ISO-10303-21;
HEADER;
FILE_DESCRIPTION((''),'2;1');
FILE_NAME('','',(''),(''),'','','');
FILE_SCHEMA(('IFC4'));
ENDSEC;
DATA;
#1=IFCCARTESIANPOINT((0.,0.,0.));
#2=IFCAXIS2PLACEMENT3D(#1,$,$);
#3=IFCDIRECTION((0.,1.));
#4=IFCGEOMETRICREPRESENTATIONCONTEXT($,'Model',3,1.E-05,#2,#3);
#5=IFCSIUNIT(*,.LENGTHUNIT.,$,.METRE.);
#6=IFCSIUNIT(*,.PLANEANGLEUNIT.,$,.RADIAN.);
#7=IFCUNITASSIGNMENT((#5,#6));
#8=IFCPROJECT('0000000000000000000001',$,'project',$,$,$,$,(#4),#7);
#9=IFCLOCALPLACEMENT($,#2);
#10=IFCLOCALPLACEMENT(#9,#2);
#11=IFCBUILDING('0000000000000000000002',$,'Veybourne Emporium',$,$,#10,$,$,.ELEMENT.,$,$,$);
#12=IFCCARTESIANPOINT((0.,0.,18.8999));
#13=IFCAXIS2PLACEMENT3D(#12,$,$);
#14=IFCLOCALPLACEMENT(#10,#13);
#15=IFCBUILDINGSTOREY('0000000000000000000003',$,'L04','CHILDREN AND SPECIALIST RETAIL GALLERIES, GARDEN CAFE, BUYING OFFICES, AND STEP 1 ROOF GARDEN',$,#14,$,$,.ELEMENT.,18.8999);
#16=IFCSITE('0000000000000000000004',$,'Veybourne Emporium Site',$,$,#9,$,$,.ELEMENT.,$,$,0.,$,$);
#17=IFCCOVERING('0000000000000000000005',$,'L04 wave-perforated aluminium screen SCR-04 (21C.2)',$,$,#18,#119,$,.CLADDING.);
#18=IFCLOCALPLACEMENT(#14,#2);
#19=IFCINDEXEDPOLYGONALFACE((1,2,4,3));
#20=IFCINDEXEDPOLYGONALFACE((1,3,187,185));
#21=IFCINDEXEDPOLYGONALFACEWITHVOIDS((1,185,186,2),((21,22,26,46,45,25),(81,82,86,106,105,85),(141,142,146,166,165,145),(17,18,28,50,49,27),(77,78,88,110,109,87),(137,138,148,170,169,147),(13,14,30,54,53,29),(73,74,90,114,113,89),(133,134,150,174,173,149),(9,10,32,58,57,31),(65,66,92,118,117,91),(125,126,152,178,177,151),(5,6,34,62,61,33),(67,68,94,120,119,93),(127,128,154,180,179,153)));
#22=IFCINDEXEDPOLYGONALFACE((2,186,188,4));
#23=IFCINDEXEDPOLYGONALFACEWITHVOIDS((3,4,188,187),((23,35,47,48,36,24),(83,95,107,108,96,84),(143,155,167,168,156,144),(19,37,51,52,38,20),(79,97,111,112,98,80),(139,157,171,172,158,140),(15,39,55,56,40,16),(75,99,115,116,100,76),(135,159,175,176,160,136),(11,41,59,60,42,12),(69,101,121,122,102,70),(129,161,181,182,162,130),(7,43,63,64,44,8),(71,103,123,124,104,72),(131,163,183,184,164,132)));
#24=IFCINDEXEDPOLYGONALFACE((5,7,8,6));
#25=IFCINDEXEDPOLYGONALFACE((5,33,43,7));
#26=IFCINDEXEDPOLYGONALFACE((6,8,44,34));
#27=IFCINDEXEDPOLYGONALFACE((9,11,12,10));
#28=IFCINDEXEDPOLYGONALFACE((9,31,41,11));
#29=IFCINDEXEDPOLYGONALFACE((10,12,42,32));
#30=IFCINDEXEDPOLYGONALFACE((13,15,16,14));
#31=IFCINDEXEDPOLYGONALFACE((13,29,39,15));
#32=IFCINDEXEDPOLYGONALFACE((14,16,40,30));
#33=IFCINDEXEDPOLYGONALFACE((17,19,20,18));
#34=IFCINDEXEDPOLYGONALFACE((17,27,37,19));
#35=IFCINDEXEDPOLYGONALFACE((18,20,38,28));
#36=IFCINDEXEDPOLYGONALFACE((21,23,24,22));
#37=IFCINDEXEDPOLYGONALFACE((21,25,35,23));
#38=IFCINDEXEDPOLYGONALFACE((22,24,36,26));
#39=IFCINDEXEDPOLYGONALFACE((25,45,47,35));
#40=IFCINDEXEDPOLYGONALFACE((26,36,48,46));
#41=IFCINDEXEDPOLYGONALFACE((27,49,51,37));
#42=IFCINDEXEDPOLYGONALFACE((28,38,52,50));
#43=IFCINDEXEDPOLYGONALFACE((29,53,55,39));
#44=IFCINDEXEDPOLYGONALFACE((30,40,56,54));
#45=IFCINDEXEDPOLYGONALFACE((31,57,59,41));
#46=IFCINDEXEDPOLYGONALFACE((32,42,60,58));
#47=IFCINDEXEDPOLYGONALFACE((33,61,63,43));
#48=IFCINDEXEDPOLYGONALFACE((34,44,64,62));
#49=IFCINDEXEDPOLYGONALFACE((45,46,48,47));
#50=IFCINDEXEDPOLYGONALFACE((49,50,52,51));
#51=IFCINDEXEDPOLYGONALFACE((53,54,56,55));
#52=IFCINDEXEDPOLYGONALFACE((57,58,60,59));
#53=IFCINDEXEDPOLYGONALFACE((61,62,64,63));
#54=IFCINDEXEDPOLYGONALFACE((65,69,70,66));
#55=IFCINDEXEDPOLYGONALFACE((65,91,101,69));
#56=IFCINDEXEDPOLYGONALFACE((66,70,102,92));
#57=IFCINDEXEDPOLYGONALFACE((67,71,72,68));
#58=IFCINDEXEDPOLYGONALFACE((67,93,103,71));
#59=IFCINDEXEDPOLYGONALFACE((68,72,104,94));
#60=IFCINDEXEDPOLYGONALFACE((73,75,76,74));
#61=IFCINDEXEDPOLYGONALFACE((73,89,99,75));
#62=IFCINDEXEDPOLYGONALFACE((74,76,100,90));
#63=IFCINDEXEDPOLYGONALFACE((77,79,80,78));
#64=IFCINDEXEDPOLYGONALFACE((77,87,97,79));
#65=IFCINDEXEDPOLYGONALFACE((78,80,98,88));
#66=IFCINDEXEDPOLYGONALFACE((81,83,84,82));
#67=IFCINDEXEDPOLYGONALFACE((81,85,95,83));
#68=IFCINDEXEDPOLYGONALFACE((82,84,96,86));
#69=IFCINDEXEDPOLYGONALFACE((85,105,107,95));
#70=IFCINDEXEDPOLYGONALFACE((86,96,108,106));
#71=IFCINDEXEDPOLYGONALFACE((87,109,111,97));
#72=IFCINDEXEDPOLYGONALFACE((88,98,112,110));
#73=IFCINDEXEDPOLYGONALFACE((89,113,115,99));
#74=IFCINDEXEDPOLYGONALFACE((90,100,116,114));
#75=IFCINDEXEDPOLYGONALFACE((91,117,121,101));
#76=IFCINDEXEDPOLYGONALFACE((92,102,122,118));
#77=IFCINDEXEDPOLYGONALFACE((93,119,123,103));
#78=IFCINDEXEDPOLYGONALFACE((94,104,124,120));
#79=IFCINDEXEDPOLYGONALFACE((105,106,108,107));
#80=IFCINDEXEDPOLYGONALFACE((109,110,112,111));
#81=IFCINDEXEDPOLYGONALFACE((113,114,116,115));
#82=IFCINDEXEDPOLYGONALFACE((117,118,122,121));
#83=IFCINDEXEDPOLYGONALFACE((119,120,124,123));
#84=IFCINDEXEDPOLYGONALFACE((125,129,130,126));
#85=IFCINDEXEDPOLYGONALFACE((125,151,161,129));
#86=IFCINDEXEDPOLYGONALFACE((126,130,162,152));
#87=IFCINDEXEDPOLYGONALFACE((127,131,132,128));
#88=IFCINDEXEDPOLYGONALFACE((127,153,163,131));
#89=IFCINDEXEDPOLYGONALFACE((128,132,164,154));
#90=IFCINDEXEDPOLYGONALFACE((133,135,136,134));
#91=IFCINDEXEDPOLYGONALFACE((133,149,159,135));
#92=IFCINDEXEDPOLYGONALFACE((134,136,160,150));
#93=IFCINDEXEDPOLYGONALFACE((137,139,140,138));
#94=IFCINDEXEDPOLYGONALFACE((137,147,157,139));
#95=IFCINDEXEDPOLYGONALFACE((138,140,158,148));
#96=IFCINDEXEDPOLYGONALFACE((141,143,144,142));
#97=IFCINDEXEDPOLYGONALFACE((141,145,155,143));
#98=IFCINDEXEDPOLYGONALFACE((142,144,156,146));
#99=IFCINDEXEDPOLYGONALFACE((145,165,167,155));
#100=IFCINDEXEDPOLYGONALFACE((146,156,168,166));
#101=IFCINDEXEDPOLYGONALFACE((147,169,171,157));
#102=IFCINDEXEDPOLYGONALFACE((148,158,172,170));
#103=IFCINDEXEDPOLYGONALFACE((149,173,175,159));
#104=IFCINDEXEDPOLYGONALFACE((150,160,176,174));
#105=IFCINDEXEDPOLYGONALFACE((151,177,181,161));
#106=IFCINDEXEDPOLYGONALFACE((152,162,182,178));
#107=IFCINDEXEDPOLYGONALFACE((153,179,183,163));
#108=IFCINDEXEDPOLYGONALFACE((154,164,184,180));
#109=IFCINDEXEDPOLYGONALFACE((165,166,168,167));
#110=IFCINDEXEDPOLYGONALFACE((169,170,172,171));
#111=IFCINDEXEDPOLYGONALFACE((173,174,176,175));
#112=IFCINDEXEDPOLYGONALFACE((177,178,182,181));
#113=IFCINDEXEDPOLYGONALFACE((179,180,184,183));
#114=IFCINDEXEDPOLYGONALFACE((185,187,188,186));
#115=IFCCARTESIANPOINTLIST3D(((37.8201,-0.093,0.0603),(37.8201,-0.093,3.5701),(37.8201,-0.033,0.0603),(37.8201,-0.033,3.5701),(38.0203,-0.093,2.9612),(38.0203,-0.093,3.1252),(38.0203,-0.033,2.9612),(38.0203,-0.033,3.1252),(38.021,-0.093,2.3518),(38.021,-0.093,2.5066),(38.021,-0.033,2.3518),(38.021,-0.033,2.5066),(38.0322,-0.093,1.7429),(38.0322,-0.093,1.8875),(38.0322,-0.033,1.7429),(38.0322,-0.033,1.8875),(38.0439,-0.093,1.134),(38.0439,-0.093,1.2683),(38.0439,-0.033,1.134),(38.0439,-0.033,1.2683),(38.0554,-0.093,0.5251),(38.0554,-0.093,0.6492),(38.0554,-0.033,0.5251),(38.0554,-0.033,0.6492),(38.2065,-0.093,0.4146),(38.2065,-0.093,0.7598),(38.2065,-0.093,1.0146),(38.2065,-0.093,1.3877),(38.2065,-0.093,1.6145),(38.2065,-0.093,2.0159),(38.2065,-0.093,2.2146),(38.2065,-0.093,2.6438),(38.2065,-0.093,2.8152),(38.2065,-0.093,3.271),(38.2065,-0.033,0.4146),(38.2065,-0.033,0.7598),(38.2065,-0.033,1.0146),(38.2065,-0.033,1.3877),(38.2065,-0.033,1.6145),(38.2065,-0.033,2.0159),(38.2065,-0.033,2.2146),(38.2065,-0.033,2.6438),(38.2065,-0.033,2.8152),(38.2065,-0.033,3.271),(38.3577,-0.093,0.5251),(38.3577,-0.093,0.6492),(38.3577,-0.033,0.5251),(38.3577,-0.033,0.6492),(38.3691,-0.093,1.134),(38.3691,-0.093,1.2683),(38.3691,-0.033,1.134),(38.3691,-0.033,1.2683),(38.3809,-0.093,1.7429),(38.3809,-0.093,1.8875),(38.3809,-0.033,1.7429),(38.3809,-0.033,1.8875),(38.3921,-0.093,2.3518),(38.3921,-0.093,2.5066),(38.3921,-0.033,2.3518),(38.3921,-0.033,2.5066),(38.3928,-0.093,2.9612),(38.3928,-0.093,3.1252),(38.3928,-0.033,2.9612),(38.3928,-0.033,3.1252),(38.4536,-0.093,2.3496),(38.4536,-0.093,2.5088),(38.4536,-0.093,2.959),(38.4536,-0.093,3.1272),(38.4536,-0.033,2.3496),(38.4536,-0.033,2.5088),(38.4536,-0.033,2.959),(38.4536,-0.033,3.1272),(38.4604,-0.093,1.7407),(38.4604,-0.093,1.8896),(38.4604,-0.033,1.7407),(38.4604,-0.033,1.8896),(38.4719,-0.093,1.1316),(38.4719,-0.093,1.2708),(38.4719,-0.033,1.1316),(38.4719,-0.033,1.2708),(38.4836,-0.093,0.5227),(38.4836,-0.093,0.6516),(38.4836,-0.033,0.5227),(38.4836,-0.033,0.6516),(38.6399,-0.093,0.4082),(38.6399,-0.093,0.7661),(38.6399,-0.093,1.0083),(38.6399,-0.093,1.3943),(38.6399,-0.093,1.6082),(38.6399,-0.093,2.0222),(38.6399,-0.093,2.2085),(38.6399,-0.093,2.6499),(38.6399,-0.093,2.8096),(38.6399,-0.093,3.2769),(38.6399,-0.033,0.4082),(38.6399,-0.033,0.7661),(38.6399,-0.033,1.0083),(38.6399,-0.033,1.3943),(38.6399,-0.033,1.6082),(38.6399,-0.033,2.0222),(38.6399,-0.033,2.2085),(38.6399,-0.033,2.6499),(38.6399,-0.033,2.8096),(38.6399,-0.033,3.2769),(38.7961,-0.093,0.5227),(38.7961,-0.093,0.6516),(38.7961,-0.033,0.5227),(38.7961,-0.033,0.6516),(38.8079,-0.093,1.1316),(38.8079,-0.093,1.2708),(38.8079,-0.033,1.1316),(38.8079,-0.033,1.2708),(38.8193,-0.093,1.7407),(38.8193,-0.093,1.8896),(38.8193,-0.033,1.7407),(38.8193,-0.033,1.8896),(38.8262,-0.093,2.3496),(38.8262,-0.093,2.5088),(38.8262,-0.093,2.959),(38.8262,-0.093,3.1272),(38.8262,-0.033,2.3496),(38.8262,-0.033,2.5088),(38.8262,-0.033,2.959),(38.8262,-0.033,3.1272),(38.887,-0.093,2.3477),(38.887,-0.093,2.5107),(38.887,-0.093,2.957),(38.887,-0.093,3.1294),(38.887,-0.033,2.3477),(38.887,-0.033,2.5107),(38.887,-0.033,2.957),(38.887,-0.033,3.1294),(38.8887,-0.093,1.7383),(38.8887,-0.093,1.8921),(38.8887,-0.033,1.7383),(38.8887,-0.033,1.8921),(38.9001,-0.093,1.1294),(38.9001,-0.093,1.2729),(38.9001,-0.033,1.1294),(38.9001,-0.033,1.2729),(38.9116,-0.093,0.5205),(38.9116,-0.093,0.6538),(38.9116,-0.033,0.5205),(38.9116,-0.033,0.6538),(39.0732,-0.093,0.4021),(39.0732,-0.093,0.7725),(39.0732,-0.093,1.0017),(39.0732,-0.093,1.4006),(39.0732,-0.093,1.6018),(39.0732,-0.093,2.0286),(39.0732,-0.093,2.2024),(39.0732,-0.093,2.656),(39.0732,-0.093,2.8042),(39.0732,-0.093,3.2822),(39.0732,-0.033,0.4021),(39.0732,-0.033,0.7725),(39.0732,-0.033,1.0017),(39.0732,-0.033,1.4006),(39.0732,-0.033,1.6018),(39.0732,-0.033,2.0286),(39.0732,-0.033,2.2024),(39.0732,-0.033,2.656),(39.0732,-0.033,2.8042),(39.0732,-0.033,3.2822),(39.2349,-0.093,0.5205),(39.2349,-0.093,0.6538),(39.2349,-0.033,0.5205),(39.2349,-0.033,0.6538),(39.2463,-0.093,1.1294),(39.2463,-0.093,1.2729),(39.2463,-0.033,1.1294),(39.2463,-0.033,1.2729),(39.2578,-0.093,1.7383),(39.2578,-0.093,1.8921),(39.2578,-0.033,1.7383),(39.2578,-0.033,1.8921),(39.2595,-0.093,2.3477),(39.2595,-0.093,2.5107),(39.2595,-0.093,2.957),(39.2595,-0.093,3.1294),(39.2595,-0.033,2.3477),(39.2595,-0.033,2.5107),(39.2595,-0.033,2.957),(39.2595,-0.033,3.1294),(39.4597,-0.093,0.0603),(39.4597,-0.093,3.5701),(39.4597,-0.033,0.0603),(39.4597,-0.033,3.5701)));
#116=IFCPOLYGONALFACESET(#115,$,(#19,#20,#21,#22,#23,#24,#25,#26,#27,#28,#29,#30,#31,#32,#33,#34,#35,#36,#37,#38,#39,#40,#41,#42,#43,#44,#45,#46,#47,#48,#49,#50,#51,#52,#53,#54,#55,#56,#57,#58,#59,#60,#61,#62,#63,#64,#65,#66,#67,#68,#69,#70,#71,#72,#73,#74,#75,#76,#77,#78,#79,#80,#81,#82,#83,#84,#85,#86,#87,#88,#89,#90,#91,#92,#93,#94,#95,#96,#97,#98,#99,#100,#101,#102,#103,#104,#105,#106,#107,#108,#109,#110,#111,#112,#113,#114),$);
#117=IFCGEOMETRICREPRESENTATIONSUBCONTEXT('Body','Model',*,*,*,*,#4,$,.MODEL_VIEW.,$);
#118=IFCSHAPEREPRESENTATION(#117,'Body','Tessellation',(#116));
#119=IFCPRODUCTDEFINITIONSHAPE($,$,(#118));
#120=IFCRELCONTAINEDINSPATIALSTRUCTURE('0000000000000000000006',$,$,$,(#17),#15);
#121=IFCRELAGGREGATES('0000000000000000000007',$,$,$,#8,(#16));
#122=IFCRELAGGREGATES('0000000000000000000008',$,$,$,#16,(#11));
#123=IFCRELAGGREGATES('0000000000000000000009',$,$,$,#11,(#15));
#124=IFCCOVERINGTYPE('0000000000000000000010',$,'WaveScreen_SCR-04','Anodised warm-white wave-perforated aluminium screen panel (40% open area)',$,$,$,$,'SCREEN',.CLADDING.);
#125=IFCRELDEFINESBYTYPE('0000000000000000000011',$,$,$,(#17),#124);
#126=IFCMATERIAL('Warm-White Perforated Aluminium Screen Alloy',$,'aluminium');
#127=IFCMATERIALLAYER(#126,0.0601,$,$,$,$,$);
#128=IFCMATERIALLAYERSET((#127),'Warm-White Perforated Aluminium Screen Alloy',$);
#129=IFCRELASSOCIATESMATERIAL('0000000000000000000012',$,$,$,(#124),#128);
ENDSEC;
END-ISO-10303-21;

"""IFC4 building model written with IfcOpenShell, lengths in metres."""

from ifc_helpers import new_model, si_unit, direction, frame, origin, place, context, subcontext, project, spatial, polyline, outline, extrude, material, layer, layer_set, type_object, element, save


model = new_model("IFC4")

# Units and contexts
model_context = context("Model", 3, precision=1e-05, world=origin(), true_north=direction((0.0, 1.0)))
body_context = subcontext(model_context, "Body", "Model", "MODEL_VIEW")
ifc_project = project(units=[si_unit("LENGTHUNIT", "METRE"), si_unit("PLANEANGLEUNIT", "RADIAN")], contexts=[model_context])

# Site, building, storey
site_placement = place(None, origin())
site = spatial("IfcSite", under=ifc_project, at=site_placement, Name="Veybourne Emporium Site", CompositionType="ELEMENT", RefElevation=0.0)
building_placement = place(site_placement, origin())
building = spatial("IfcBuilding", under=site, at=building_placement, Name="Veybourne Emporium", CompositionType="ELEMENT")
storey_placement = place(building_placement, frame((0.0, 0.0, 18.8999)))
storey = spatial("IfcBuildingStorey", under=building, at=storey_placement, Name="L04", Description="CHILDREN AND SPECIALIST RETAIL GALLERIES, GARDEN CAFE, BUYING OFFICES, AND STEP 1 ROOF GARDEN", CompositionType="ELEMENT", Elevation=18.8999)

# Covering
ifc_material_1 = material(Name="Warm-White Perforated Aluminium Screen Alloy", Category="aluminium")
ifc_layer_1 = layer(ifc_material_1, 0.0601)
ifc_layer_set_1 = layer_set([ifc_layer_1], Name="Warm-White Perforated Aluminium Screen Alloy")
covering_type_1 = type_object("IfcCoveringType", Name="WaveScreen_SCR-04", Description="Anodised warm-white wave-perforated aluminium screen panel (40% open area)", ElementType="SCREEN", PredefinedType="CLADDING", material=ifc_layer_set_1)
covering_1_placement = place(storey_placement, frame((38.6399, -0.093, 1.8152), z_axis=(0.0, 1.0, 0.0), x_axis=(-1.0, 0.0, 0.0)))
element("IfcCovering", 1, at=covering_1_placement, inside=storey, type_object=covering_type_1, Name="L04 wave-perforated aluminium screen SCR-04 (21C.2)", PredefinedType="CLADDING", context=body_context, shape_type="SweptSolid", body=[
    extrude(outline(polyline([(-0.8198, -1.7549), (0.8198, -1.7549), (0.8198, 1.7549), (-0.8198, 1.7549), (-0.8198, -1.7549)]), holes=[polyline([(-0.4333, -1.0427), (-0.2717, -1.1614), (-0.2717, -1.2947), (-0.4333, -1.4131), (-0.595, -1.2947), (-0.595, -1.1614), (-0.4333, -1.0427)]), polyline([(-0.4333, -0.4146), (-0.2603, -0.5422), (-0.2603, -0.6858), (-0.4333, -0.8135), (-0.6064, -0.6858), (-0.6064, -0.5422), (-0.4333, -0.4146)]), polyline([(-0.4333, 0.2134), (-0.2488, 0.0769), (-0.2488, -0.0769), (-0.4333, -0.2134), (-0.6179, -0.0769), (-0.6179, 0.0769), (-0.4333, 0.2134)]), polyline([(-0.4333, 0.8408), (-0.2471, 0.6956), (-0.2471, 0.5325), (-0.4333, 0.3872), (-0.6196, 0.5325), (-0.6196, 0.6956), (-0.4333, 0.8408)]), polyline([(-0.4333, 1.467), (-0.2471, 1.3142), (-0.2471, 1.1418), (-0.4333, 0.989), (-0.6196, 1.1418), (-0.6196, 1.3142), (-0.4333, 1.467)]), polyline([(0.0, -1.0491), (0.1562, -1.1636), (0.1562, -1.2925), (0.0, -1.407), (-0.1562, -1.2925), (-0.1562, -1.1636), (0.0, -1.0491)]), polyline([(0.0, -0.4209), (0.168, -0.5444), (0.168, -0.6836), (0.0, -0.8069), (-0.168, -0.6836), (-0.168, -0.5444), (0.0, -0.4209)]), polyline([(0.0, 0.207), (0.1794, 0.0745), (0.1794, -0.0745), (0.0, -0.207), (-0.1794, -0.0745), (-0.1794, 0.0745), (0.0, 0.207)]), polyline([(0.0, 0.8347), (0.1863, 0.6936), (0.1863, 0.5344), (0.0, 0.3933), (-0.1863, 0.5344), (-0.1863, 0.6936), (0.0, 0.8347)]), polyline([(0.0, 1.4617), (0.1863, 1.312), (0.1863, 1.1438), (0.0, 0.9944), (-0.1863, 1.1438), (-0.1863, 1.312), (0.0, 1.4617)]), polyline([(0.4333, -1.0554), (0.5845, -1.166), (0.5845, -1.29), (0.4333, -1.4006), (0.2822, -1.29), (0.2822, -1.166), (0.4333, -1.0554)]), polyline([(0.4333, -0.4275), (0.5959, -0.5469), (0.5959, -0.6812), (0.4333, -0.8005), (0.2708, -0.6812), (0.2708, -0.5469), (0.4333, -0.4275)]), polyline([(0.4333, 0.2007), (0.6077, 0.0723), (0.6077, -0.0723), (0.4333, -0.2007), (0.259, -0.0723), (0.259, 0.0723), (0.4333, 0.2007)]), polyline([(0.4333, 0.8286), (0.6189, 0.6914), (0.6189, 0.5366), (0.4333, 0.3994), (0.2478, 0.5366), (0.2478, 0.6914), (0.4333, 0.8286)]), polyline([(0.4333, 1.4558), (0.6196, 1.3101), (0.6196, 1.146), (0.4333, 1.0), (0.2471, 1.146), (0.2471, 1.3101), (0.4333, 1.4558)])]), origin(), (0.0, 0.0, 1.0), 0.0601),
])

save(model, "model.ifc")
